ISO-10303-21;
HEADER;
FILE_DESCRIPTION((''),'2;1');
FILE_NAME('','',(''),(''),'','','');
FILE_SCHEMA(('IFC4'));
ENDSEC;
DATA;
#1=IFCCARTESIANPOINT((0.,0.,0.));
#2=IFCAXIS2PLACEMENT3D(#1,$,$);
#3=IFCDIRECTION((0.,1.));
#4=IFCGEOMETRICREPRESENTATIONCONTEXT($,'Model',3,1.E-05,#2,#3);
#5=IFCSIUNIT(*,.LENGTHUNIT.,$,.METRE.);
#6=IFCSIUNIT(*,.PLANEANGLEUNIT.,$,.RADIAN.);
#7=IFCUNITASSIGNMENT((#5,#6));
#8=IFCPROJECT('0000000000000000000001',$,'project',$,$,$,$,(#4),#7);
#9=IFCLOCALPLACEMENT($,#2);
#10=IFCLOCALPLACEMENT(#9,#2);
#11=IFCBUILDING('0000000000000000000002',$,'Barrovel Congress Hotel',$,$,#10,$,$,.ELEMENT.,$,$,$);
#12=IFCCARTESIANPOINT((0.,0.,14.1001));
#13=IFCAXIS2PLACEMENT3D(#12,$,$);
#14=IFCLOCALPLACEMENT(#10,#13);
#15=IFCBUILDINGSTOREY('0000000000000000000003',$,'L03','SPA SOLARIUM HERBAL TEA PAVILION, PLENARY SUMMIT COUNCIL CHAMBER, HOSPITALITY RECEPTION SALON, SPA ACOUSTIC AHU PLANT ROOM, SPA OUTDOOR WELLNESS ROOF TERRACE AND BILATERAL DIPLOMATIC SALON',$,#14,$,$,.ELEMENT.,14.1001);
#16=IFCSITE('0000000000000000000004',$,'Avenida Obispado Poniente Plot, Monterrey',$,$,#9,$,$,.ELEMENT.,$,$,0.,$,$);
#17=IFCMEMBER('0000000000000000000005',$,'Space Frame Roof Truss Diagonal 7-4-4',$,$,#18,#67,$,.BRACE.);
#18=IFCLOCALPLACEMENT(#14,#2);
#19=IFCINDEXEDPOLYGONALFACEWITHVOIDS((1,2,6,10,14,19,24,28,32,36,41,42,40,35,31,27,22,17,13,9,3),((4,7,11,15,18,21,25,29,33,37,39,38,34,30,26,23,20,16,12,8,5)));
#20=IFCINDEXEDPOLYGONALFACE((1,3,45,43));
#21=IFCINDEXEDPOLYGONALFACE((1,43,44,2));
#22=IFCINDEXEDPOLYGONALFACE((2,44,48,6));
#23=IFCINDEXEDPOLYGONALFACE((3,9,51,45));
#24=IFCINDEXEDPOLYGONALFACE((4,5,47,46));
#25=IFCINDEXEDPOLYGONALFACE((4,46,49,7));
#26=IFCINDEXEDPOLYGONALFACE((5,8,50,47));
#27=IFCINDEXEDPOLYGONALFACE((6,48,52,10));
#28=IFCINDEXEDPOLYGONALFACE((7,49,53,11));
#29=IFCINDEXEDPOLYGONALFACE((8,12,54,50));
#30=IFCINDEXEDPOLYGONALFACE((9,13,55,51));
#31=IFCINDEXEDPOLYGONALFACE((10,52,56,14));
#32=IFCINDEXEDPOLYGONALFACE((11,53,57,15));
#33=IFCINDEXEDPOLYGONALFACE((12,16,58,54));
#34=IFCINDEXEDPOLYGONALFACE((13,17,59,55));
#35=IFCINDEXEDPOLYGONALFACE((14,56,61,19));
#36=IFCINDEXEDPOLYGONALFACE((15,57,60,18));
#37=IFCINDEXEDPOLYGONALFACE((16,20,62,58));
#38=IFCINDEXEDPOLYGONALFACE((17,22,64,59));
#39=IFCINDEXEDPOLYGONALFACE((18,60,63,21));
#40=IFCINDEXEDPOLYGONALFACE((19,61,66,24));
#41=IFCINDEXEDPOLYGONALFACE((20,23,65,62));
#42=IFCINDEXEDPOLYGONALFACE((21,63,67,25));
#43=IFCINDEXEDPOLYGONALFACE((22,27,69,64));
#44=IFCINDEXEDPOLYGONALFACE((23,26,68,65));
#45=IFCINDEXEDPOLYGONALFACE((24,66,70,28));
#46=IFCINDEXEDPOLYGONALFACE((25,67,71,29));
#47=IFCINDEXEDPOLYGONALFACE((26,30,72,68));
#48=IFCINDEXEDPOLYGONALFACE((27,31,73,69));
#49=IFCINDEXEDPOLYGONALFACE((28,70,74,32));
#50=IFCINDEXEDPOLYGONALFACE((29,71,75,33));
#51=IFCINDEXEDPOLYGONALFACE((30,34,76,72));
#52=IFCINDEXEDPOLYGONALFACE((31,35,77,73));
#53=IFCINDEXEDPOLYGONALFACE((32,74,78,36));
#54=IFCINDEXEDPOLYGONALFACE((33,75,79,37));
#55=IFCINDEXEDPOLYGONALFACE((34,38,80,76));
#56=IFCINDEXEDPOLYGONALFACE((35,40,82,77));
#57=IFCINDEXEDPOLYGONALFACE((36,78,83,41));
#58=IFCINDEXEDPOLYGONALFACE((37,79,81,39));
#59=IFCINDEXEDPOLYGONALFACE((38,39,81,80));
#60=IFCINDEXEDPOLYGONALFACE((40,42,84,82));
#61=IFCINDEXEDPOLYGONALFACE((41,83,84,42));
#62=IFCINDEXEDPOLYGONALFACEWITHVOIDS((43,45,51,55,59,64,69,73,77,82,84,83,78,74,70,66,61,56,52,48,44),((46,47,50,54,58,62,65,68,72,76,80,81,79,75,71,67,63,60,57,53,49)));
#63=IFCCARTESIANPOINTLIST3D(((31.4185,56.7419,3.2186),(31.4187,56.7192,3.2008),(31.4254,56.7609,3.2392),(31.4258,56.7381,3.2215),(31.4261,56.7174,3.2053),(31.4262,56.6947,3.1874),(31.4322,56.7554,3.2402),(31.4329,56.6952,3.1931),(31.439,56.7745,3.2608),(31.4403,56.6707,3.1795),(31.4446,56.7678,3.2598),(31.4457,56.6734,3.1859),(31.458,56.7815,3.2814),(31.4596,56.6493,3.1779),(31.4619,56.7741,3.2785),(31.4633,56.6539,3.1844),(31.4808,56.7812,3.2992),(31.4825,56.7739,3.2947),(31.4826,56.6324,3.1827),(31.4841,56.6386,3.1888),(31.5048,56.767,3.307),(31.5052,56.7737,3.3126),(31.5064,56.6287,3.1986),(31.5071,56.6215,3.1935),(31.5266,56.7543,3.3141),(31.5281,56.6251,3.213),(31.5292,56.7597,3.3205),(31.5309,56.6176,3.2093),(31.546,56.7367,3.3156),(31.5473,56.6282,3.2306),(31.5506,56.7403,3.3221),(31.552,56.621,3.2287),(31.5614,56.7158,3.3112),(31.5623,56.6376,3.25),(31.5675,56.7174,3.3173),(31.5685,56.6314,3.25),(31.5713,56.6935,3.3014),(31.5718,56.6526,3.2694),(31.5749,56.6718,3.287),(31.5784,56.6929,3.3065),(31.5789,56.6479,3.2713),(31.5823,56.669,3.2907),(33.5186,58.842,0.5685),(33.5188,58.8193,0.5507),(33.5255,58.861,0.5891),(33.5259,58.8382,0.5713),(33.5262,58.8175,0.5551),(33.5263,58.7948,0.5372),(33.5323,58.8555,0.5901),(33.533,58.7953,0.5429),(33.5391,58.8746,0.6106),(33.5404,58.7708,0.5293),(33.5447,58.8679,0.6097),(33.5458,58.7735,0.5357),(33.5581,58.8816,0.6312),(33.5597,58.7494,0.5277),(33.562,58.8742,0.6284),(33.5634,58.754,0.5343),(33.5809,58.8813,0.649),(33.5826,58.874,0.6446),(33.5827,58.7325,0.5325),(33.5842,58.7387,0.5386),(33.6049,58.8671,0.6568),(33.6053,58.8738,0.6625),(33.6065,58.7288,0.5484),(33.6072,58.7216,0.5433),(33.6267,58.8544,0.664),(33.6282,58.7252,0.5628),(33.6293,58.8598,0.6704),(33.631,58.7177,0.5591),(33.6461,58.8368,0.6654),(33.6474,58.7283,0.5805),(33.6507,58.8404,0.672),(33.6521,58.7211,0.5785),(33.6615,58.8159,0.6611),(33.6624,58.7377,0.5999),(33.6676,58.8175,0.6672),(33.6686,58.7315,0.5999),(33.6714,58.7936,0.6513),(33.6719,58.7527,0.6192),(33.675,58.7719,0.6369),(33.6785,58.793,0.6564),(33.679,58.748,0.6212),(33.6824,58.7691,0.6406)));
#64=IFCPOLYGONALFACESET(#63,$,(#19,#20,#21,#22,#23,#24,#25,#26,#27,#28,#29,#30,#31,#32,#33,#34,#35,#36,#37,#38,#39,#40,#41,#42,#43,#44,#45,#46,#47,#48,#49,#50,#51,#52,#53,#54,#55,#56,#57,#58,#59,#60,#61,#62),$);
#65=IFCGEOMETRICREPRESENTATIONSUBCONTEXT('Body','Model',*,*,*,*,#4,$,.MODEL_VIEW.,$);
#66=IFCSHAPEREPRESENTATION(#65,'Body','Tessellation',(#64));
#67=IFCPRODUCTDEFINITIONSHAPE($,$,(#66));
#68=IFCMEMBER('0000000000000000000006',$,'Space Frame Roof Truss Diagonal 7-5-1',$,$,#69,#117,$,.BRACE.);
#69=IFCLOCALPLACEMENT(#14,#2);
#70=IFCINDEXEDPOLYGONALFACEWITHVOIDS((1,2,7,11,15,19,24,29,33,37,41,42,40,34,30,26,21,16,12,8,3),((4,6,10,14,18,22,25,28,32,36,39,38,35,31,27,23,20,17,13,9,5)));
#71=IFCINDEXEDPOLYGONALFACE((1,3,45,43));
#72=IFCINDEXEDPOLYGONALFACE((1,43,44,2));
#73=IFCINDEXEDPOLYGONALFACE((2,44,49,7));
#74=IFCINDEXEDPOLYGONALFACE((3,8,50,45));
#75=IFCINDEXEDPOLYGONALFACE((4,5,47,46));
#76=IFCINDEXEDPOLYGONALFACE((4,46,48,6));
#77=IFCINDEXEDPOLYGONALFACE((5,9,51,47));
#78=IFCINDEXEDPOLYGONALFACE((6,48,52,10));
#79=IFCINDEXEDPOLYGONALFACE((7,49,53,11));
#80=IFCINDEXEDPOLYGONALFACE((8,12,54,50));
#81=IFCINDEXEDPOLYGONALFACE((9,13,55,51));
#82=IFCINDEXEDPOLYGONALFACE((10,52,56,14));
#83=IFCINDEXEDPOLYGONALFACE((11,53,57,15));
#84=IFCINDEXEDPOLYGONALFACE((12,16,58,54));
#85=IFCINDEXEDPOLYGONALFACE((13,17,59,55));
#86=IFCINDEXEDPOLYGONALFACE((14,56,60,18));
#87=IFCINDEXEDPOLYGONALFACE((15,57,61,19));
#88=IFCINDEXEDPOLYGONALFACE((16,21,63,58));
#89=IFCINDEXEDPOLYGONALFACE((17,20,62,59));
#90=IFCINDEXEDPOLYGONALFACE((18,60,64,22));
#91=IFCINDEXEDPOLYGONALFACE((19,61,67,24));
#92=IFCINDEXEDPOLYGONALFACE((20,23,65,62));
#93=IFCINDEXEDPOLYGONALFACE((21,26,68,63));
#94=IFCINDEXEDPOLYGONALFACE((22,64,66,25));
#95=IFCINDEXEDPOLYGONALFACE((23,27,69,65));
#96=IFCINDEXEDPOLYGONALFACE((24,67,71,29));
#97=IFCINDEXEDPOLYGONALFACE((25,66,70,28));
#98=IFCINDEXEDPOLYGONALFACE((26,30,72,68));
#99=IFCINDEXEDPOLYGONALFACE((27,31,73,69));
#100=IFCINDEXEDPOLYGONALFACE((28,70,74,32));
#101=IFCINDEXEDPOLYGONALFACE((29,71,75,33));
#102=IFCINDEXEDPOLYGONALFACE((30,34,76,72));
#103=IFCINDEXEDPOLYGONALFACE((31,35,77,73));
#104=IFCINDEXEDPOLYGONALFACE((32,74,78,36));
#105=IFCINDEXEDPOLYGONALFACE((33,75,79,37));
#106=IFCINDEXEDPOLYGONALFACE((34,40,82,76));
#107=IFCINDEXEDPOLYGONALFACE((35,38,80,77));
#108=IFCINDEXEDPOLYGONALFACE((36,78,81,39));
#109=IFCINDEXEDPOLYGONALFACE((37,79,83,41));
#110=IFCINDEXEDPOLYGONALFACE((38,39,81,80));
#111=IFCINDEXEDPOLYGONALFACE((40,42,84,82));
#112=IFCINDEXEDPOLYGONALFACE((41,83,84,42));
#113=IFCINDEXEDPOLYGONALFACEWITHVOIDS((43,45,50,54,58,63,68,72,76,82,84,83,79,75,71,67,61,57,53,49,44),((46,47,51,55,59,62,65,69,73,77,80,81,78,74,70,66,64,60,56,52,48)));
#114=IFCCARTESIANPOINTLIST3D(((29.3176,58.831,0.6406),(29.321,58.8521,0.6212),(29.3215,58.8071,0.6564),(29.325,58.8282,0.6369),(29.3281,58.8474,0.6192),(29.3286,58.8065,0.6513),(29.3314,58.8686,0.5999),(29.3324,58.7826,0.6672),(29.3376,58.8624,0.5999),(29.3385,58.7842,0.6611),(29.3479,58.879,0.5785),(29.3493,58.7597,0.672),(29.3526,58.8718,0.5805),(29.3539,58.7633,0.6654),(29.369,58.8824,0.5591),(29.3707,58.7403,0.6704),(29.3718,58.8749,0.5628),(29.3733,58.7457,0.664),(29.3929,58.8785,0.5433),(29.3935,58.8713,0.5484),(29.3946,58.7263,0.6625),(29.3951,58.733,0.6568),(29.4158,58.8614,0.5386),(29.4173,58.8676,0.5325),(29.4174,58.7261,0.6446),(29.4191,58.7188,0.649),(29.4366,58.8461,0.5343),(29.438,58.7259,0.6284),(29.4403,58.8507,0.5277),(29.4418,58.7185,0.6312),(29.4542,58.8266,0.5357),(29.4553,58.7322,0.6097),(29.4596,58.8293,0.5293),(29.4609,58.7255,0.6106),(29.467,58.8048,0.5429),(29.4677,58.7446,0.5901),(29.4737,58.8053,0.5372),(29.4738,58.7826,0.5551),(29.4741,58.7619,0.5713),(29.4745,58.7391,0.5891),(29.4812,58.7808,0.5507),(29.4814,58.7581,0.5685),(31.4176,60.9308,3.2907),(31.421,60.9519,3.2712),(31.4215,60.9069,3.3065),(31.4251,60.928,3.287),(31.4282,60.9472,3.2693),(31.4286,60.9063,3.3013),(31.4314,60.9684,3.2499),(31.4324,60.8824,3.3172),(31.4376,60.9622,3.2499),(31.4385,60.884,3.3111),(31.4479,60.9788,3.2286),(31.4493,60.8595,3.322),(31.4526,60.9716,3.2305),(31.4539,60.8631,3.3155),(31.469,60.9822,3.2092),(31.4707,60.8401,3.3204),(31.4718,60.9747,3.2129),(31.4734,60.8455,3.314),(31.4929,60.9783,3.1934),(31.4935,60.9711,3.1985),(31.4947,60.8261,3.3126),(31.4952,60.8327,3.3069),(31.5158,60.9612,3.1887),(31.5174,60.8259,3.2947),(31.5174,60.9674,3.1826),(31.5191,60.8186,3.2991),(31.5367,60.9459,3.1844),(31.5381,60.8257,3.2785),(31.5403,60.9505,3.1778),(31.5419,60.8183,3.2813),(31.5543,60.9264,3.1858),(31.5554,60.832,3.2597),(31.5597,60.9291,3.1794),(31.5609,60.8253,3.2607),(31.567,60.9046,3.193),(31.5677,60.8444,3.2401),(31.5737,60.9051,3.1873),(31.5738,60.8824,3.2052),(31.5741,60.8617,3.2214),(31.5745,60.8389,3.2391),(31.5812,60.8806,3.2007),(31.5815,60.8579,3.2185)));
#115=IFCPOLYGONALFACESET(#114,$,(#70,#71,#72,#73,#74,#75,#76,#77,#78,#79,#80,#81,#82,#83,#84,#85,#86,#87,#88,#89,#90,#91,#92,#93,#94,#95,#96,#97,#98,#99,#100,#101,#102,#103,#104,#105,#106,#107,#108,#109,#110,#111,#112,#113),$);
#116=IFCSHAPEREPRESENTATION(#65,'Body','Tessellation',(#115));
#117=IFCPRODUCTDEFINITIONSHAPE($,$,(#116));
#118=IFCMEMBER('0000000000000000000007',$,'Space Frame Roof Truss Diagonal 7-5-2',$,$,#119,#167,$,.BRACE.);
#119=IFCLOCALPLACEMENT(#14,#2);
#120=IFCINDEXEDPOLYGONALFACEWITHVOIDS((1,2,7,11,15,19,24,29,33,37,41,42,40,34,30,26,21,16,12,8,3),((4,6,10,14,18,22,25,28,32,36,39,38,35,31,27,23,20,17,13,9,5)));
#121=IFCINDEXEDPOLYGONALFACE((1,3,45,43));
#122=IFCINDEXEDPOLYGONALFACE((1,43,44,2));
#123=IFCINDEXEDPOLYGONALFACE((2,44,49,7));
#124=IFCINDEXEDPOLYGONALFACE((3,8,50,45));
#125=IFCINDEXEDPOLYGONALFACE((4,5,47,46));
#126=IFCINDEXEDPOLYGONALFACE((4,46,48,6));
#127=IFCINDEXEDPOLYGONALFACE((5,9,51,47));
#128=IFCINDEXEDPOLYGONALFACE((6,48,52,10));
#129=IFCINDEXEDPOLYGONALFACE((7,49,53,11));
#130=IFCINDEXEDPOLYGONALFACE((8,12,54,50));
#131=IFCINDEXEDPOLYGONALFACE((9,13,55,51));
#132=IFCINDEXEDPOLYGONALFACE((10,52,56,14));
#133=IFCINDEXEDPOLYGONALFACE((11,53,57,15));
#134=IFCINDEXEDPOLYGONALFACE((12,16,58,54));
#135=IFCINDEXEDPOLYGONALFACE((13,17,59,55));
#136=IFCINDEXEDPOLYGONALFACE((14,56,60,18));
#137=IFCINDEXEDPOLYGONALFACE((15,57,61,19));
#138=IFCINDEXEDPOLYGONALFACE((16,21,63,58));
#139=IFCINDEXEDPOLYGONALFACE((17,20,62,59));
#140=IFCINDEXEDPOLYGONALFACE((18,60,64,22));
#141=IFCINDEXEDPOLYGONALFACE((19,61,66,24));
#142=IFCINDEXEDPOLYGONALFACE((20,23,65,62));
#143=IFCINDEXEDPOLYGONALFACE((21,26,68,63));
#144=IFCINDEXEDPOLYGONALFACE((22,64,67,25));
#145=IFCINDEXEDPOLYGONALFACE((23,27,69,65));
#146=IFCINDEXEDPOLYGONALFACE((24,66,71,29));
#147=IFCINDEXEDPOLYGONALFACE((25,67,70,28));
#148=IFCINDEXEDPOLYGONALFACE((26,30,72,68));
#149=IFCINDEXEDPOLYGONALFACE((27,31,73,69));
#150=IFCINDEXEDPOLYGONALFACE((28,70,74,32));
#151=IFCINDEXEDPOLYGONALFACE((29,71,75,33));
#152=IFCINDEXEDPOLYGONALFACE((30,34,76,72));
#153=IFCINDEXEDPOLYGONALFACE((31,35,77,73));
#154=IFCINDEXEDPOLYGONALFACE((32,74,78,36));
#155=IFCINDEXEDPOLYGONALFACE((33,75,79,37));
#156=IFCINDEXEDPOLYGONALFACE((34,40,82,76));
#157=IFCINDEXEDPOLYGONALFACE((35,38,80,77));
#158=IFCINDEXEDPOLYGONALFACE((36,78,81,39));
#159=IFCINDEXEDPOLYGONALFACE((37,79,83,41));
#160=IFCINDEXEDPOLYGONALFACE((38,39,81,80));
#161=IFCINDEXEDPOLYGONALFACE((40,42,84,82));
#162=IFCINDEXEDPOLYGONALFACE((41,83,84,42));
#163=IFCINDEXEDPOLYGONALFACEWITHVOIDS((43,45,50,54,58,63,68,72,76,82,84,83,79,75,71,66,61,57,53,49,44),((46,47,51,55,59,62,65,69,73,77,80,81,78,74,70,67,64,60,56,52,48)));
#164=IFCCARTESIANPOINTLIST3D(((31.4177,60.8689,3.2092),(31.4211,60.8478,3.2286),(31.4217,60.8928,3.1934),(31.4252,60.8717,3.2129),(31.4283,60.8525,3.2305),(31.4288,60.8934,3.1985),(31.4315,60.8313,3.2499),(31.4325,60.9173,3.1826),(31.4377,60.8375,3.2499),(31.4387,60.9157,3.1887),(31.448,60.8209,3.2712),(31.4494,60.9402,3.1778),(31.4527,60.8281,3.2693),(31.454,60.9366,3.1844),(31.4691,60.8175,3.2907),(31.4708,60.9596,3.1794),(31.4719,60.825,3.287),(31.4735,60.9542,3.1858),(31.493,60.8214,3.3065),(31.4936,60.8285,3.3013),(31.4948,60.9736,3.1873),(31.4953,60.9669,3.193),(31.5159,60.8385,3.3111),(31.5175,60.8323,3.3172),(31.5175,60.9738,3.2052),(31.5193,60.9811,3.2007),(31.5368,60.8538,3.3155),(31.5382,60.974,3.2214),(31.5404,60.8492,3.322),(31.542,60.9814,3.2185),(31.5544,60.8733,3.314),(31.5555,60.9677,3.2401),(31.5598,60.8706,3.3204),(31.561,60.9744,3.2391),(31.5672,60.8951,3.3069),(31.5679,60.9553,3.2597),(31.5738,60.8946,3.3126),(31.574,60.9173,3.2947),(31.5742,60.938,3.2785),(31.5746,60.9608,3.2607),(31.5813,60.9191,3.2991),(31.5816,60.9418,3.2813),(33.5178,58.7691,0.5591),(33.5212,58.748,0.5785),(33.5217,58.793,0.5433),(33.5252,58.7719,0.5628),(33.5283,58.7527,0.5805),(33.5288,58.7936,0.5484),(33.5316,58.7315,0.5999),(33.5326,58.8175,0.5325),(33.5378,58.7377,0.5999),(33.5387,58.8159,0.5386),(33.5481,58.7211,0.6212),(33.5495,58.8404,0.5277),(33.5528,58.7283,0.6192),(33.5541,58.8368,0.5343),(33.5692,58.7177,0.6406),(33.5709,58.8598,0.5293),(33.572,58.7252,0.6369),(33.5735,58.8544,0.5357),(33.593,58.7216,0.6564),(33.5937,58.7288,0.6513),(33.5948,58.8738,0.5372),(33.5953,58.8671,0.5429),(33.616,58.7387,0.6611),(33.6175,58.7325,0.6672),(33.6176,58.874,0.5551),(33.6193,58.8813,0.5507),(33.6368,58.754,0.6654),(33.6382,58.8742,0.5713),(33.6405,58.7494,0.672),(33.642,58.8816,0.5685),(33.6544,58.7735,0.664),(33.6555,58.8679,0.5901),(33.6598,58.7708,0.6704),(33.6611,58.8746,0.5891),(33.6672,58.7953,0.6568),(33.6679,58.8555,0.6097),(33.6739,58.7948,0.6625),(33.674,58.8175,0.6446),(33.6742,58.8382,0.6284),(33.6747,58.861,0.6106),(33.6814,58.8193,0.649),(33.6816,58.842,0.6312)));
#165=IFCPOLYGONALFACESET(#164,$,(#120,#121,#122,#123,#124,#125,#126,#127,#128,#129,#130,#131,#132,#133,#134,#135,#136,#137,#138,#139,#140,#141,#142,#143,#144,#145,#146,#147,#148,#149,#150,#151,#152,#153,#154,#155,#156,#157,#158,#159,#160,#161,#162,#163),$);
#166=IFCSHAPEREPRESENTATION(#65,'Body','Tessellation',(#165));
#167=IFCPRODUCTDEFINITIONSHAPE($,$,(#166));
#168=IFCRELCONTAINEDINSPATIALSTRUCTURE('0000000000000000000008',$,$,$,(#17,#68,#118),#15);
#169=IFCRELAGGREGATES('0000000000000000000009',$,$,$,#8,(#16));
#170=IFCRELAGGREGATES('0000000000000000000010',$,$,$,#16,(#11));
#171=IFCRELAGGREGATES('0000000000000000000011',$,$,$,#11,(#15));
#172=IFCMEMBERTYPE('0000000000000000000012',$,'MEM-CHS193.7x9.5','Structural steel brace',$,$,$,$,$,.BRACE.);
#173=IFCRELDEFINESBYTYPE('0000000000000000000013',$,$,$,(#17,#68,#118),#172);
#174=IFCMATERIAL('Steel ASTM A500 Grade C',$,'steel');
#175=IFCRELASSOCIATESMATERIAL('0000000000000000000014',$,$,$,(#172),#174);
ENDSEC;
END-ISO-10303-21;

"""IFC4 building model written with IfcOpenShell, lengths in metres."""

from ifc_helpers import new_model, si_unit, direction, frame, origin, origin_2d, place, context, subcontext, project, spatial, hollow_circle, extrude, material, material_profile, profile_set, type_object, element, save


model = new_model("IFC4")

# Units and contexts
model_context = context("Model", 3, precision=1e-05, world=origin(), true_north=direction((0.0, 1.0)))
body_context = subcontext(model_context, "Body", "Model", "MODEL_VIEW")
ifc_project = project(units=[si_unit("LENGTHUNIT", "METRE"), si_unit("PLANEANGLEUNIT", "RADIAN")], contexts=[model_context])

# Site, building, storey
site_placement = place(None, origin())
site = spatial("IfcSite", under=ifc_project, at=site_placement, Name="Avenida Obispado Poniente Plot, Monterrey", CompositionType="ELEMENT", RefElevation=0.0)
building_placement = place(site_placement, origin())
building = spatial("IfcBuilding", under=site, at=building_placement, Name="Barrovel Congress Hotel", CompositionType="ELEMENT")
storey_placement = place(building_placement, frame((0.0, 0.0, 14.1001)))
storey = spatial("IfcBuildingStorey", under=building, at=storey_placement, Name="L03", Description="SPA SOLARIUM HERBAL TEA PAVILION, PLENARY SUMMIT COUNCIL CHAMBER, HOSPITALITY RECEPTION SALON, SPA ACOUSTIC AHU PLANT ROOM, SPA OUTDOOR WELLNESS ROOF TERRACE AND BILATERAL DIPLOMATIC SALON", CompositionType="ELEMENT", Elevation=14.1001)

# Members
ifc_material_1 = material(Name="Steel ASTM A500 Grade C", Category="steel")
ifc_material_profile_1 = material_profile(ifc_material_1, hollow_circle(Radius=0.0969, WallThickness=0.0088, at=origin_2d()), Name="CHS193.7x9.5")
ifc_profile_set_1 = profile_set([ifc_material_profile_1], Name="Steel ASTM A500 Grade C")
member_type_1 = type_object("IfcMemberType", Name="MEM-CHS193.7x9.5", Description="Structural steel brace", PredefinedType="BRACE", material=ifc_profile_set_1)
for number, where, z_axis, x_axis, name in (
    (1, (33.6001, 58.8, 0.5999), (-0.527601, -0.527601, 0.665788), (0.707107, -0.707107, 0.0), "Space Frame Roof Truss Diagonal 7-4-4"),
):
    element("IfcMember", number, at=place(storey_placement, frame(where, z_axis=z_axis, x_axis=x_axis)), inside=storey, type_object=member_type_1, Name=name, PredefinedType="BRACE", context=body_context, shape_type="SweptSolid", body=[
        extrude(hollow_circle(Radius=0.0969, WallThickness=0.0088, at=origin_2d()), origin(), (0.0, 0.0, 1.0), 3.9805),
    ])
for number, where, z_axis, x_axis, name in (
    (2, (29.3999, 58.8, 0.5999), (0.527618, 0.527557, 0.66581), (-0.707066, 0.707148, 0.0), "Space Frame Roof Truss Diagonal 7-5-1"),
    (3, (33.6001, 58.8, 0.5999), (-0.527618, 0.527557, 0.66581), (-0.707066, -0.707148, 0.0), "Space Frame Roof Truss Diagonal 7-5-2"),
):
    element("IfcMember", number, at=place(storey_placement, frame(where, z_axis=z_axis, x_axis=x_axis)), inside=storey, type_object=member_type_1, Name=name, PredefinedType="BRACE", context=body_context, shape_type="SweptSolid", body=[
        extrude(hollow_circle(Radius=0.0969, WallThickness=0.0088, at=origin_2d()), origin(), (0.0, 0.0, 1.0), 3.9802),
    ])

save(model, "model.ifc")
